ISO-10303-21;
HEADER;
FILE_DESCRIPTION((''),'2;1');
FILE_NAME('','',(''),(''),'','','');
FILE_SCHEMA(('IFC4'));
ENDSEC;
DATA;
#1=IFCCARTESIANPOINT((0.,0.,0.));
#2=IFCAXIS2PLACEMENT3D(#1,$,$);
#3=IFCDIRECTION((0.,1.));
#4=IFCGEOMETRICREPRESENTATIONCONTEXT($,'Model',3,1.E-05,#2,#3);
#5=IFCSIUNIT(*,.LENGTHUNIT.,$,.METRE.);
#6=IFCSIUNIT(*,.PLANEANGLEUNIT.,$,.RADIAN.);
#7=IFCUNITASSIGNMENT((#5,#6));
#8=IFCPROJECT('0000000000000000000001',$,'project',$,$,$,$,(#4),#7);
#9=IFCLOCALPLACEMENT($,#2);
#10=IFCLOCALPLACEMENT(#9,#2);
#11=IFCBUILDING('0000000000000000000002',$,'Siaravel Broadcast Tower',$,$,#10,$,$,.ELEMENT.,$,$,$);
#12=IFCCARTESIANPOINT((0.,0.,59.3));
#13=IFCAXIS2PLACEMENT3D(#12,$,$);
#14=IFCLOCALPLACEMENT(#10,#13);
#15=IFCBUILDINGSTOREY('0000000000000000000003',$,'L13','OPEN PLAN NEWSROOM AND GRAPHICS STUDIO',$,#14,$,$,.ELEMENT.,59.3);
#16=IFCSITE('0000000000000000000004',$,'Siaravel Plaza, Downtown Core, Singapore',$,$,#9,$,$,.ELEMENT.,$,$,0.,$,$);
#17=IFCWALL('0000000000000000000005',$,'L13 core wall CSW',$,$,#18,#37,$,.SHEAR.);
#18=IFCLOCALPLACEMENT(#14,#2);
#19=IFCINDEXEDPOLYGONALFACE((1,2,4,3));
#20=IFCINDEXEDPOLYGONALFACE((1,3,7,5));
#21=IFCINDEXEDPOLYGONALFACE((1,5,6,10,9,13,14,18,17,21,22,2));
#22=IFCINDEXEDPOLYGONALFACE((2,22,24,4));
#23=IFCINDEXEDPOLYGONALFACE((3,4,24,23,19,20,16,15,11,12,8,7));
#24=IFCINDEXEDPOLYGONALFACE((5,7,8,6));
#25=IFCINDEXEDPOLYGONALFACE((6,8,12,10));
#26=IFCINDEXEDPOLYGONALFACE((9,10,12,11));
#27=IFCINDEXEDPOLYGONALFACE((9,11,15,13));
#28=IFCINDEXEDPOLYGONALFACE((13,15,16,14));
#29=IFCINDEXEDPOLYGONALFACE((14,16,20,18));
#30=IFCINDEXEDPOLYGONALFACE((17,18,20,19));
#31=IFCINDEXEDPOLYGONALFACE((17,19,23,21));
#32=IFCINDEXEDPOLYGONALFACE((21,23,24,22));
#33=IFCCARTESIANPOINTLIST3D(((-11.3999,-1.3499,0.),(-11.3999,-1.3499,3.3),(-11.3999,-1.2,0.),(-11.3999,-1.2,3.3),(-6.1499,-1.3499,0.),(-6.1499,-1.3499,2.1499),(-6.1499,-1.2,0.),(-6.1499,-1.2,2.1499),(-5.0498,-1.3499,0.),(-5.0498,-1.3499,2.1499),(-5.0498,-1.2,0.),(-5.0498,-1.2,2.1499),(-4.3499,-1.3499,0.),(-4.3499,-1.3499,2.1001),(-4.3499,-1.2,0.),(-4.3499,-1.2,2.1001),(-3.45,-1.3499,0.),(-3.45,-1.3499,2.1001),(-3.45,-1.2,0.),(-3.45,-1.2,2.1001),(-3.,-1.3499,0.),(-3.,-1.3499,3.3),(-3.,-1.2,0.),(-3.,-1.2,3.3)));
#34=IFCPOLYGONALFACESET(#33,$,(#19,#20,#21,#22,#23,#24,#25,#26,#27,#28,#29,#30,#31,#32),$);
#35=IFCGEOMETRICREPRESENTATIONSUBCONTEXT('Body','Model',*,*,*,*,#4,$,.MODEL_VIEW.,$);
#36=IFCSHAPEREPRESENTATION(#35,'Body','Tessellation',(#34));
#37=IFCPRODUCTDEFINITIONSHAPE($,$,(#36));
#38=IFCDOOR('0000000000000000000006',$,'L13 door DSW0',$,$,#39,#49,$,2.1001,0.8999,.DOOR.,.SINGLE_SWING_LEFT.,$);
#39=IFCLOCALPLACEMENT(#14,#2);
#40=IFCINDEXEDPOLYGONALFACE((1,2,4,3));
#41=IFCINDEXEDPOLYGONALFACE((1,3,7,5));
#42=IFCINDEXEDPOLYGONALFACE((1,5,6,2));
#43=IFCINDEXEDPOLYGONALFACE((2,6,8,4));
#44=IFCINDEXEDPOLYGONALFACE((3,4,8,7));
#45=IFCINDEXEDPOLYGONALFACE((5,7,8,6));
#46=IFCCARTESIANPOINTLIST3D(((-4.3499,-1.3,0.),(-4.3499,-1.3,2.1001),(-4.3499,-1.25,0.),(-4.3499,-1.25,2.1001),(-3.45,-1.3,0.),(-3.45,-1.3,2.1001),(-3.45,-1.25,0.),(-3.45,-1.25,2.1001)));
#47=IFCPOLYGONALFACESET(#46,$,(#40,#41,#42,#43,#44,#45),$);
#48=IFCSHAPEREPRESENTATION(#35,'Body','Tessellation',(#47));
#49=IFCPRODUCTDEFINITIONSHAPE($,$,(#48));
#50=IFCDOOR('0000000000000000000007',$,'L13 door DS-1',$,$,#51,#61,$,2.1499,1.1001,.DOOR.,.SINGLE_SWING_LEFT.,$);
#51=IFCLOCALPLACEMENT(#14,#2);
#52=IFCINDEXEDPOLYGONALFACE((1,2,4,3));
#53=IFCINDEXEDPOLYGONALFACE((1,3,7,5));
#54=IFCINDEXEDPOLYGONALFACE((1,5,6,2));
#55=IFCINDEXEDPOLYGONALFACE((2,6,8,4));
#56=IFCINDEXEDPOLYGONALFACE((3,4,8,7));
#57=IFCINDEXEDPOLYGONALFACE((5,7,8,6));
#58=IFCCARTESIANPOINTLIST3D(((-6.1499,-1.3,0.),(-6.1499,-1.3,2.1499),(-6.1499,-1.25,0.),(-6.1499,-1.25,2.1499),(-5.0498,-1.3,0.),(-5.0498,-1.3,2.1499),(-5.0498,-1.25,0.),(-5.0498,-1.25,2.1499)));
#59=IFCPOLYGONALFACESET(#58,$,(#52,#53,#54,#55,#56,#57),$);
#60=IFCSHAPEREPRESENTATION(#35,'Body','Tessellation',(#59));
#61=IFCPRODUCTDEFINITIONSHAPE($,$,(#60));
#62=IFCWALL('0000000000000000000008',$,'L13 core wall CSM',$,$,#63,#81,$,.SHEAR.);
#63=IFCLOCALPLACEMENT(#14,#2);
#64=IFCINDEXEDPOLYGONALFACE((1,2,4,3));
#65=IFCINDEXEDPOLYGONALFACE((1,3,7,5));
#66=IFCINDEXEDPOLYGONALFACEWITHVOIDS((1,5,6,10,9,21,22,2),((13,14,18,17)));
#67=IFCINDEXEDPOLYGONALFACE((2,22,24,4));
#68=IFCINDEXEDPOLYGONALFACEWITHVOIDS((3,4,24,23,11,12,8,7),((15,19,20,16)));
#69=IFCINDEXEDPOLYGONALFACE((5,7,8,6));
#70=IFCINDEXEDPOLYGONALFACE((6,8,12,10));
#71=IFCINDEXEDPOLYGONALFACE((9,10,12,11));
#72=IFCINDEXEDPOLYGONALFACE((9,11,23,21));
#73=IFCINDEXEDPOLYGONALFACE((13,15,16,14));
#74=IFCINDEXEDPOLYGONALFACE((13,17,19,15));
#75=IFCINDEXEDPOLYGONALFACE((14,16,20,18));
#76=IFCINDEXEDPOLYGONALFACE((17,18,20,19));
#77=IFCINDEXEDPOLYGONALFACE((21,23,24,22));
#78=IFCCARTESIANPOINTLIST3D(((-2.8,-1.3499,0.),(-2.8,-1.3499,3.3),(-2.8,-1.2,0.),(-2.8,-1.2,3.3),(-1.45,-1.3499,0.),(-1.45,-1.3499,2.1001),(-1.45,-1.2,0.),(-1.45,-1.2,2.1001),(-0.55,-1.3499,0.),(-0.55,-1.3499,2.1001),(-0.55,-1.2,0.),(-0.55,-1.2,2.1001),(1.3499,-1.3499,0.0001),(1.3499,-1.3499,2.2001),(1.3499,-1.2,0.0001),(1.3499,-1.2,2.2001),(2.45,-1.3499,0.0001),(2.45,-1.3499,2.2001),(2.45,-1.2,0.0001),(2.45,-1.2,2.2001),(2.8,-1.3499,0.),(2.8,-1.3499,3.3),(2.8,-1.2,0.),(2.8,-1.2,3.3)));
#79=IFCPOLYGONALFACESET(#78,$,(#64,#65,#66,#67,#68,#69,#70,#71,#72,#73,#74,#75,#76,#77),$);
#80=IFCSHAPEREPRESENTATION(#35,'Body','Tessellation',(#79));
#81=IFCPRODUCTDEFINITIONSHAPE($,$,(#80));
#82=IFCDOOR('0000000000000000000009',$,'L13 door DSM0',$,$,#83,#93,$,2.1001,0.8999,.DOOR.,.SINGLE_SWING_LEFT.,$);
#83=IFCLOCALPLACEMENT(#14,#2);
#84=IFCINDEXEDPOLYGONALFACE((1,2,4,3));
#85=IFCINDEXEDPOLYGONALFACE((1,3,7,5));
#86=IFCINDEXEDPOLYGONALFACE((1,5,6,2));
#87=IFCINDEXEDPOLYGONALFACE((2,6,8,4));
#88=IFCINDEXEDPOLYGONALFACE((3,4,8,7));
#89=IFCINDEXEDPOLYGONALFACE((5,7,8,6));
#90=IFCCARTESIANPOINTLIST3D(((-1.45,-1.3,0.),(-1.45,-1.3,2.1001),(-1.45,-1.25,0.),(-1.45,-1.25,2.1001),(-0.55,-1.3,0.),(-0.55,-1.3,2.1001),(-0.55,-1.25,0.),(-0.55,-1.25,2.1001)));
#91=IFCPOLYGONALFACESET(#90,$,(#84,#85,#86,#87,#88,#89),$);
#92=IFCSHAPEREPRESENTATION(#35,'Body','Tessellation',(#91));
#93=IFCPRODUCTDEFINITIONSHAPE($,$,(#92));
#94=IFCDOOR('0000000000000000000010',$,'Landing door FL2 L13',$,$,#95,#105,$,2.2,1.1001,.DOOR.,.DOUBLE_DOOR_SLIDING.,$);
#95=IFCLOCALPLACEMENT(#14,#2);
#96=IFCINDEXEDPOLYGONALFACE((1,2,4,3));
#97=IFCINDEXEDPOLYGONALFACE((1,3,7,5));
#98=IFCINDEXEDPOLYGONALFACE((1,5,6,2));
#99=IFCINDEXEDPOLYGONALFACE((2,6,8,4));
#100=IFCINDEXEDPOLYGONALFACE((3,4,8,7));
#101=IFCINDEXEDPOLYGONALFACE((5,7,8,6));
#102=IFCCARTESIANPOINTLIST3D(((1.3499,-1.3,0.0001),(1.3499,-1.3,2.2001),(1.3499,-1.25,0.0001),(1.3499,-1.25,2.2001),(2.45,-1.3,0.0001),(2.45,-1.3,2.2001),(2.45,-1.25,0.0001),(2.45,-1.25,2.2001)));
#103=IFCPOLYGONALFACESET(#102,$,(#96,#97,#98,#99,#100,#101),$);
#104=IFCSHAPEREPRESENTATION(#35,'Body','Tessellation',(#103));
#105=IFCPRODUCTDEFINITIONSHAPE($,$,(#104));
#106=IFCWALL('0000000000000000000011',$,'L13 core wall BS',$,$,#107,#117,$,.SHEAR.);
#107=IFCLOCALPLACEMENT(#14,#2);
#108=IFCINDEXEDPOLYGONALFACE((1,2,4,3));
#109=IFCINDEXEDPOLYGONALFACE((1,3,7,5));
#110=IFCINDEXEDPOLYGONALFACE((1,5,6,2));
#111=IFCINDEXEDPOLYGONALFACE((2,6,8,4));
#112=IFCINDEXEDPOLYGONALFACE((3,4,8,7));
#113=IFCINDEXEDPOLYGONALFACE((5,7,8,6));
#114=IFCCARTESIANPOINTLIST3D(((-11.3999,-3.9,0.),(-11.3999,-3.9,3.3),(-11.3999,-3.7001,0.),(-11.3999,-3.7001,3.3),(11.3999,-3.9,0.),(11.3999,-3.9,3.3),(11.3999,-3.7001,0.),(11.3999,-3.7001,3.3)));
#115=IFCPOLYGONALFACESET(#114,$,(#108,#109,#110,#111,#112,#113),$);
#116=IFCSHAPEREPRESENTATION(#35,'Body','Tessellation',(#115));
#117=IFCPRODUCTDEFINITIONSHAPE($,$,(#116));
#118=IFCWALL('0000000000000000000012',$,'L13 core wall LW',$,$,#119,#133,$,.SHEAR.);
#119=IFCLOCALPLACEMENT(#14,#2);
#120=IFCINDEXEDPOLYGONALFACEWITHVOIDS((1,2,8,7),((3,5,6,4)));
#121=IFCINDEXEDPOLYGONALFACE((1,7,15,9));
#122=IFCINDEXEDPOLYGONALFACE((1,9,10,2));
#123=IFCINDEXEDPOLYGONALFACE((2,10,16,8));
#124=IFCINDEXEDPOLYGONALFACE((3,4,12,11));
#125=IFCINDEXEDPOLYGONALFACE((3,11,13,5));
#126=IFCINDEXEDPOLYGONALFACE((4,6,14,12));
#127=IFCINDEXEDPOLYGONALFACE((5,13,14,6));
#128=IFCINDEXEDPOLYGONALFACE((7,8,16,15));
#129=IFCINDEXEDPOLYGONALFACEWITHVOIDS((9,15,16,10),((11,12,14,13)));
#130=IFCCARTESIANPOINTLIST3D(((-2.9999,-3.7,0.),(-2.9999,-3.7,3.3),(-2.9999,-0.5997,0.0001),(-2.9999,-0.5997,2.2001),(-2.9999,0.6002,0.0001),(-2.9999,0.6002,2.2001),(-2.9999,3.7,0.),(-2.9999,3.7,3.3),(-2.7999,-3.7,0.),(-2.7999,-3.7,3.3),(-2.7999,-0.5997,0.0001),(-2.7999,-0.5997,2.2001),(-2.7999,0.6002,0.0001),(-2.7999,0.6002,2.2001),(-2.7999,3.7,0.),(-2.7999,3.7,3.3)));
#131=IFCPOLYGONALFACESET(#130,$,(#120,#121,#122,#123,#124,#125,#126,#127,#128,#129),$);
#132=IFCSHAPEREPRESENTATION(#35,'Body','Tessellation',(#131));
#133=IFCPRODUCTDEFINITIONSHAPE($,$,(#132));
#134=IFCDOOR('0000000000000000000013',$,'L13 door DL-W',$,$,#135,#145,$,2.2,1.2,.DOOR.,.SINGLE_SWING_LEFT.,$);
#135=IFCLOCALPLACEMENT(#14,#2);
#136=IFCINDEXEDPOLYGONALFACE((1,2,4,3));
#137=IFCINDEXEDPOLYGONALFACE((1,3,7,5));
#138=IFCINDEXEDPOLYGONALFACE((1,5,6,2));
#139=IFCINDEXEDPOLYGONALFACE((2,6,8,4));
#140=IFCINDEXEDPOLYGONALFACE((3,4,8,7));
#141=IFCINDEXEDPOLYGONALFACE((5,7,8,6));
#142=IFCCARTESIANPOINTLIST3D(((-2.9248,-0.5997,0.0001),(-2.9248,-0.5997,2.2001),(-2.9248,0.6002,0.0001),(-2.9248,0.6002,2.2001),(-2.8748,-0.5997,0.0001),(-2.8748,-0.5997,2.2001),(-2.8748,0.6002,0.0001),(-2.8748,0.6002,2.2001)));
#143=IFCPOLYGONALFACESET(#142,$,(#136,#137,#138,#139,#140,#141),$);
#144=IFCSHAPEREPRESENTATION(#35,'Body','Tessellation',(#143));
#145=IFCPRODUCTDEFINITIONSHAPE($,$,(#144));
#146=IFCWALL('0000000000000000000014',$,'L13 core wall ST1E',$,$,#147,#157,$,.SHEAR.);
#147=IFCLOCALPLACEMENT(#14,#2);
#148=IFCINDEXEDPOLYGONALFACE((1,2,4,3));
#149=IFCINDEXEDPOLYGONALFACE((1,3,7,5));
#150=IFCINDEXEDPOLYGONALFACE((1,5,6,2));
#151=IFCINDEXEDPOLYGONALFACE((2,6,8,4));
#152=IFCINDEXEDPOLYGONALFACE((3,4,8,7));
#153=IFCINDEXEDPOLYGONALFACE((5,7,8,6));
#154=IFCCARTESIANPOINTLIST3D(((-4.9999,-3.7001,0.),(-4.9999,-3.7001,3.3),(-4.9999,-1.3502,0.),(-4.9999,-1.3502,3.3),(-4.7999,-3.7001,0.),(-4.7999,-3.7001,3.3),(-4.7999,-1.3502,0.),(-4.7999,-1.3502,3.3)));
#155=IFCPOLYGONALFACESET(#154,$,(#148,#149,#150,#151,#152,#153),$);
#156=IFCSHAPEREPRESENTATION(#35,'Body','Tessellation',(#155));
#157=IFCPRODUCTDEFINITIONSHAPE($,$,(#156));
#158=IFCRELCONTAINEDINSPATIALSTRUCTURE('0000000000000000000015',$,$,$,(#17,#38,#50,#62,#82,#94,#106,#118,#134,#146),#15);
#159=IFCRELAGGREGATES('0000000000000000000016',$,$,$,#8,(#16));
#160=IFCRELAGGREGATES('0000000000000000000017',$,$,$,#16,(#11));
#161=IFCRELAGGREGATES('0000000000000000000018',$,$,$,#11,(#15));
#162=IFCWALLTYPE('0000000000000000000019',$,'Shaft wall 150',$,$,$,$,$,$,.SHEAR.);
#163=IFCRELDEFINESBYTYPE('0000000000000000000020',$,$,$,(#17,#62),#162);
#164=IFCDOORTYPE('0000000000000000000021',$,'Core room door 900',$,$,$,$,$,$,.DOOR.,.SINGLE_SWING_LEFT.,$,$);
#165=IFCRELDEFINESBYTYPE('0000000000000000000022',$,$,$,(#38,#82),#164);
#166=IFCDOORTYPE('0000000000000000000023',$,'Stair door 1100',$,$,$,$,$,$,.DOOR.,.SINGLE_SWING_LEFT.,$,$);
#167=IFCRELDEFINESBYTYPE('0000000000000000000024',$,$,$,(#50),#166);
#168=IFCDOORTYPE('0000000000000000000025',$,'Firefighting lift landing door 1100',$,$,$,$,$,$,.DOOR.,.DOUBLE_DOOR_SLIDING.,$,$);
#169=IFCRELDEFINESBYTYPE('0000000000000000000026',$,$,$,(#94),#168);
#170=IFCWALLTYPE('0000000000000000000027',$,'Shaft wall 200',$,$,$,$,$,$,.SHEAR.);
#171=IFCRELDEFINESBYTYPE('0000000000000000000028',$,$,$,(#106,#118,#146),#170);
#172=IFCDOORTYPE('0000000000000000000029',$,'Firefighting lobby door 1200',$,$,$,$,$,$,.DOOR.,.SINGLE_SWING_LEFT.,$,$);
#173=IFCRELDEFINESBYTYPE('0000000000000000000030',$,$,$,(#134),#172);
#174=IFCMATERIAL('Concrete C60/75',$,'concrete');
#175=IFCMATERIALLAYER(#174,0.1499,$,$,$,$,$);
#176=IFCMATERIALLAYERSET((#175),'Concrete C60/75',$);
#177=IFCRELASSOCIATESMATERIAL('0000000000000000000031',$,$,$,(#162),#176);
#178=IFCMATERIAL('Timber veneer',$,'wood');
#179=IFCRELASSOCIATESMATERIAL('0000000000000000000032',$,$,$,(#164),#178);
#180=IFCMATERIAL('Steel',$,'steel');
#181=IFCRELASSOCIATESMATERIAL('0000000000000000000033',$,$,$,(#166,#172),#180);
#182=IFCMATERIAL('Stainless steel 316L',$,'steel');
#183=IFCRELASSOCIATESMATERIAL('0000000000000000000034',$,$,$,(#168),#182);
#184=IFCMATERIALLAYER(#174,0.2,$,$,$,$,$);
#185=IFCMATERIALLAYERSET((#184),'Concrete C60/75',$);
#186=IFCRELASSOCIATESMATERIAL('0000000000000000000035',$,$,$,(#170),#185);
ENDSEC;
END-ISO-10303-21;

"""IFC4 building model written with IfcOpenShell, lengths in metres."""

from ifc_helpers import new_model, si_unit, direction, frame, frame_2d, origin, place, context, subcontext, project, spatial, rectangle, extrude, material, layer, layer_set, type_object, element, fill, save


model = new_model("IFC4")

# Units and contexts
model_context = context("Model", 3, precision=1e-05, world=origin(), true_north=direction((0.0, 1.0)))
body_context = subcontext(model_context, "Body", "Model", "MODEL_VIEW")
ifc_project = project(units=[si_unit("LENGTHUNIT", "METRE"), si_unit("PLANEANGLEUNIT", "RADIAN")], contexts=[model_context])

# Site, building, storey
site_placement = place(None, origin())
site = spatial("IfcSite", under=ifc_project, at=site_placement, Name="Siaravel Plaza, Downtown Core, Singapore", CompositionType="ELEMENT", RefElevation=0.0)
building_placement = place(site_placement, origin())
building = spatial("IfcBuilding", under=site, at=building_placement, Name="Siaravel Broadcast Tower", CompositionType="ELEMENT")
storey_placement = place(building_placement, frame((0.0, 0.0, 59.3)))
storey = spatial("IfcBuildingStorey", under=building, at=storey_placement, Name="L13", Description="OPEN PLAN NEWSROOM AND GRAPHICS STUDIO", CompositionType="ELEMENT", Elevation=59.3)

# Walls, openings, doors
ifc_material_1 = material(Name="Concrete C60/75", Category="concrete")
ifc_layer_1 = layer(ifc_material_1, 0.1499)
ifc_layer_set_1 = layer_set([ifc_layer_1], Name="Concrete C60/75")
wall_type_1 = type_object("IfcWallType", Name="Shaft wall 150", PredefinedType="SHEAR", material=ifc_layer_set_1)
wall_1_placement = place(storey_placement, frame((-11.3999, -1.2749, 0.0), z_axis=(0.0, 0.0, 1.0), x_axis=(1.0, 0.0, 0.0)))
wall_1 = element("IfcWall", 1, at=wall_1_placement, inside=storey, type_object=wall_type_1, Name="L13 core wall CSW", PredefinedType="SHEAR", context=body_context, shape_type="SweptSolid", body=[
    extrude(rectangle(XDim=8.3999, YDim=0.1499, at=frame_2d((4.2, 0.0))), origin(), (0.0, 0.0, 1.0), 3.3),
])
opening_1_placement = place(wall_1_placement, frame((5.25, 0.0, 0.0)))
opening_1 = element("IfcOpeningElement", 2, at=opening_1_placement, cuts=wall_1, PredefinedType="OPENING", context=body_context, shape_type="SweptSolid", body=[
    extrude(rectangle(XDim=1.1001, YDim=2.1499, at=frame_2d((0.55, 1.075))), frame((0.0, 0.085, 0.0), z_axis=(0.0, -1.0, 0.0), x_axis=(1.0, 0.0, 0.0)), (0.0, 0.0, 1.0), 0.1699),
])
opening_2_placement = place(wall_1_placement, frame((7.05, 0.0, 0.0)))
opening_2 = element("IfcOpeningElement", 3, at=opening_2_placement, cuts=wall_1, PredefinedType="OPENING", context=body_context, shape_type="SweptSolid", body=[
    extrude(rectangle(XDim=0.8999, YDim=2.1001, at=frame_2d((0.45, 1.05))), frame((0.0, 0.085, 0.0), z_axis=(0.0, -1.0, 0.0), x_axis=(1.0, 0.0, 0.0)), (0.0, 0.0, 1.0), 0.1699),
])
ifc_material_2 = material(Name="Timber veneer", Category="wood")
door_type_1 = type_object("IfcDoorType", Name="Core room door 900", OperationType="SINGLE_SWING_LEFT", PredefinedType="DOOR", material=ifc_material_2)
door_1_placement = place(opening_2_placement, origin())
door_1 = element("IfcDoor", 4, at=door_1_placement, inside=storey, type_object=door_type_1, Name="L13 door DSW0", OperationType="SINGLE_SWING_LEFT", OverallHeight=2.1001, OverallWidth=0.8999, PredefinedType="DOOR", context=body_context, shape_type="SweptSolid", body=[
    extrude(rectangle(XDim=0.8999, YDim=2.1001, at=frame_2d((0.45, 1.05))), frame((0.0, 0.0249, 0.0), z_axis=(0.0, -1.0, 0.0), x_axis=(1.0, 0.0, 0.0)), (0.0, 0.0, 1.0), 0.05),
])
fill(opening_2, door_1)
ifc_material_3 = material(Name="Steel", Category="steel")
door_type_2 = type_object("IfcDoorType", Name="Stair door 1100", OperationType="SINGLE_SWING_LEFT", PredefinedType="DOOR", material=ifc_material_3)
door_2_placement = place(opening_1_placement, origin())
door_2 = element("IfcDoor", 5, at=door_2_placement, inside=storey, type_object=door_type_2, Name="L13 door DS-1", OperationType="SINGLE_SWING_LEFT", OverallHeight=2.1499, OverallWidth=1.1001, PredefinedType="DOOR", context=body_context, shape_type="SweptSolid", body=[
    extrude(rectangle(XDim=1.1001, YDim=2.1499, at=frame_2d((0.55, 1.075))), frame((0.0, 0.0249, 0.0), z_axis=(0.0, -1.0, 0.0), x_axis=(1.0, 0.0, 0.0)), (0.0, 0.0, 1.0), 0.05),
])
fill(opening_1, door_2)
wall_2_placement = place(storey_placement, frame((-2.8, -1.2749, 0.0), z_axis=(0.0, 0.0, 1.0), x_axis=(1.0, 0.0, 0.0)))
wall_2 = element("IfcWall", 6, at=wall_2_placement, inside=storey, type_object=wall_type_1, Name="L13 core wall CSM", PredefinedType="SHEAR", context=body_context, shape_type="SweptSolid", body=[
    extrude(rectangle(XDim=5.6001, YDim=0.1499, at=frame_2d((2.8, 0.0))), origin(), (0.0, 0.0, 1.0), 3.3),
])
opening_3_placement = place(wall_2_placement, frame((4.1499, 0.0, 0.0)))
opening_3 = element("IfcOpeningElement", 7, at=opening_3_placement, cuts=wall_2, PredefinedType="OPENING", context=body_context, shape_type="SweptSolid", body=[
    extrude(rectangle(XDim=1.1001, YDim=2.2, at=frame_2d((0.55, 1.1001))), frame((0.0, 0.085, 0.0), z_axis=(0.0, -1.0, 0.0), x_axis=(1.0, 0.0, 0.0)), (0.0, 0.0, 1.0), 0.1699),
])
opening_4_placement = place(wall_2_placement, frame((1.3501, 0.0, 0.0)))
opening_4 = element("IfcOpeningElement", 8, at=opening_4_placement, cuts=wall_2, PredefinedType="OPENING", context=body_context, shape_type="SweptSolid", body=[
    extrude(rectangle(XDim=0.8999, YDim=2.1001, at=frame_2d((0.45, 1.05))), frame((0.0, 0.085, 0.0), z_axis=(0.0, -1.0, 0.0), x_axis=(1.0, 0.0, 0.0)), (0.0, 0.0, 1.0), 0.1699),
])
door_3_placement = place(opening_4_placement, origin())
door_3 = element("IfcDoor", 9, at=door_3_placement, inside=storey, type_object=door_type_1, Name="L13 door DSM0", OperationType="SINGLE_SWING_LEFT", OverallHeight=2.1001, OverallWidth=0.8999, PredefinedType="DOOR", context=body_context, shape_type="SweptSolid", body=[
    extrude(rectangle(XDim=0.8999, YDim=2.1001, at=frame_2d((0.45, 1.05))), frame((0.0, 0.0249, 0.0), z_axis=(0.0, -1.0, 0.0), x_axis=(1.0, 0.0, 0.0)), (0.0, 0.0, 1.0), 0.05),
])
fill(opening_4, door_3)
ifc_material_4 = material(Name="Stainless steel 316L", Category="steel")
door_type_3 = type_object("IfcDoorType", Name="Firefighting lift landing door 1100", OperationType="DOUBLE_DOOR_SLIDING", PredefinedType="DOOR", material=ifc_material_4)
door_4_placement = place(opening_3_placement, origin())
door_4 = element("IfcDoor", 10, at=door_4_placement, inside=storey, type_object=door_type_3, Name="Landing door FL2 L13", OperationType="DOUBLE_DOOR_SLIDING", OverallHeight=2.2, OverallWidth=1.1001, PredefinedType="DOOR", context=body_context, shape_type="SweptSolid", body=[
    extrude(rectangle(XDim=1.1001, YDim=2.2, at=frame_2d((0.55, 1.1001))), frame((0.0, 0.0249, 0.0), z_axis=(0.0, -1.0, 0.0), x_axis=(1.0, 0.0, 0.0)), (0.0, 0.0, 1.0), 0.05),
])
fill(opening_3, door_4)

# Wall
ifc_layer_2 = layer(ifc_material_1, 0.2)
ifc_layer_set_2 = layer_set([ifc_layer_2], Name="Concrete C60/75")
wall_type_2 = type_object("IfcWallType", Name="Shaft wall 200", PredefinedType="SHEAR", material=ifc_layer_set_2)
wall_3_placement = place(storey_placement, frame((-11.3999, -3.8, 0.0), z_axis=(0.0, 0.0, 1.0), x_axis=(1.0, 0.0, 0.0)))
element("IfcWall", 11, at=wall_3_placement, inside=storey, type_object=wall_type_2, Name="L13 core wall BS", PredefinedType="SHEAR", context=body_context, shape_type="SweptSolid", body=[
    extrude(rectangle(XDim=22.7998, YDim=0.2, at=frame_2d((11.3999, 0.0))), origin(), (0.0, 0.0, 1.0), 3.3),
])

# Wall, opening, door
wall_4_placement = place(storey_placement, frame((-2.8999, -3.7, 0.0), z_axis=(0.0, 0.0, 1.0), x_axis=(0.0, 1.0, 0.0)))
wall_4 = element("IfcWall", 12, at=wall_4_placement, inside=storey, type_object=wall_type_2, Name="L13 core wall LW", PredefinedType="SHEAR", context=body_context, shape_type="SweptSolid", body=[
    extrude(rectangle(XDim=7.3999, YDim=0.2, at=frame_2d((3.7, 0.0))), origin(), (0.0, 0.0, 1.0), 3.3),
])
opening_5_placement = place(wall_4_placement, frame((3.1001, 0.0, 0.0)))
opening_5 = element("IfcOpeningElement", 13, at=opening_5_placement, cuts=wall_4, PredefinedType="OPENING", context=body_context, shape_type="SweptSolid", body=[
    extrude(rectangle(XDim=1.2, YDim=2.2, at=frame_2d((0.6001, 1.1001))), frame((0.0, 0.1099, 0.0), z_axis=(0.0, -1.0, 0.0), x_axis=(1.0, 0.0, 0.0)), (0.0, 0.0, 1.0), 0.22),
])
door_type_4 = type_object("IfcDoorType", Name="Firefighting lobby door 1200", OperationType="SINGLE_SWING_LEFT", PredefinedType="DOOR", material=ifc_material_3)
door_5_placement = place(opening_5_placement, origin())
door_5 = element("IfcDoor", 14, at=door_5_placement, inside=storey, type_object=door_type_4, Name="L13 door DL-W", OperationType="SINGLE_SWING_LEFT", OverallHeight=2.2, OverallWidth=1.2, PredefinedType="DOOR", context=body_context, shape_type="SweptSolid", body=[
    extrude(rectangle(XDim=1.2, YDim=2.2, at=frame_2d((0.6001, 1.1001))), frame((0.0, 0.0249, 0.0), z_axis=(0.0, -1.0, 0.0), x_axis=(1.0, 0.0, 0.0)), (0.0, 0.0, 1.0), 0.05),
])
fill(opening_5, door_5)

# Wall
wall_5_placement = place(storey_placement, frame((-4.8999, -3.7, 0.0), z_axis=(0.0, 0.0, 1.0), x_axis=(0.0, 1.0, 0.0)))
element("IfcWall", 15, at=wall_5_placement, inside=storey, type_object=wall_type_2, Name="L13 core wall ST1E", PredefinedType="SHEAR", context=body_context, shape_type="SweptSolid", body=[
    extrude(rectangle(XDim=2.3499, YDim=0.2, at=frame_2d((1.1748, 0.0))), origin(), (0.0, 0.0, 1.0), 3.3),
])

save(model, "model.ifc")
